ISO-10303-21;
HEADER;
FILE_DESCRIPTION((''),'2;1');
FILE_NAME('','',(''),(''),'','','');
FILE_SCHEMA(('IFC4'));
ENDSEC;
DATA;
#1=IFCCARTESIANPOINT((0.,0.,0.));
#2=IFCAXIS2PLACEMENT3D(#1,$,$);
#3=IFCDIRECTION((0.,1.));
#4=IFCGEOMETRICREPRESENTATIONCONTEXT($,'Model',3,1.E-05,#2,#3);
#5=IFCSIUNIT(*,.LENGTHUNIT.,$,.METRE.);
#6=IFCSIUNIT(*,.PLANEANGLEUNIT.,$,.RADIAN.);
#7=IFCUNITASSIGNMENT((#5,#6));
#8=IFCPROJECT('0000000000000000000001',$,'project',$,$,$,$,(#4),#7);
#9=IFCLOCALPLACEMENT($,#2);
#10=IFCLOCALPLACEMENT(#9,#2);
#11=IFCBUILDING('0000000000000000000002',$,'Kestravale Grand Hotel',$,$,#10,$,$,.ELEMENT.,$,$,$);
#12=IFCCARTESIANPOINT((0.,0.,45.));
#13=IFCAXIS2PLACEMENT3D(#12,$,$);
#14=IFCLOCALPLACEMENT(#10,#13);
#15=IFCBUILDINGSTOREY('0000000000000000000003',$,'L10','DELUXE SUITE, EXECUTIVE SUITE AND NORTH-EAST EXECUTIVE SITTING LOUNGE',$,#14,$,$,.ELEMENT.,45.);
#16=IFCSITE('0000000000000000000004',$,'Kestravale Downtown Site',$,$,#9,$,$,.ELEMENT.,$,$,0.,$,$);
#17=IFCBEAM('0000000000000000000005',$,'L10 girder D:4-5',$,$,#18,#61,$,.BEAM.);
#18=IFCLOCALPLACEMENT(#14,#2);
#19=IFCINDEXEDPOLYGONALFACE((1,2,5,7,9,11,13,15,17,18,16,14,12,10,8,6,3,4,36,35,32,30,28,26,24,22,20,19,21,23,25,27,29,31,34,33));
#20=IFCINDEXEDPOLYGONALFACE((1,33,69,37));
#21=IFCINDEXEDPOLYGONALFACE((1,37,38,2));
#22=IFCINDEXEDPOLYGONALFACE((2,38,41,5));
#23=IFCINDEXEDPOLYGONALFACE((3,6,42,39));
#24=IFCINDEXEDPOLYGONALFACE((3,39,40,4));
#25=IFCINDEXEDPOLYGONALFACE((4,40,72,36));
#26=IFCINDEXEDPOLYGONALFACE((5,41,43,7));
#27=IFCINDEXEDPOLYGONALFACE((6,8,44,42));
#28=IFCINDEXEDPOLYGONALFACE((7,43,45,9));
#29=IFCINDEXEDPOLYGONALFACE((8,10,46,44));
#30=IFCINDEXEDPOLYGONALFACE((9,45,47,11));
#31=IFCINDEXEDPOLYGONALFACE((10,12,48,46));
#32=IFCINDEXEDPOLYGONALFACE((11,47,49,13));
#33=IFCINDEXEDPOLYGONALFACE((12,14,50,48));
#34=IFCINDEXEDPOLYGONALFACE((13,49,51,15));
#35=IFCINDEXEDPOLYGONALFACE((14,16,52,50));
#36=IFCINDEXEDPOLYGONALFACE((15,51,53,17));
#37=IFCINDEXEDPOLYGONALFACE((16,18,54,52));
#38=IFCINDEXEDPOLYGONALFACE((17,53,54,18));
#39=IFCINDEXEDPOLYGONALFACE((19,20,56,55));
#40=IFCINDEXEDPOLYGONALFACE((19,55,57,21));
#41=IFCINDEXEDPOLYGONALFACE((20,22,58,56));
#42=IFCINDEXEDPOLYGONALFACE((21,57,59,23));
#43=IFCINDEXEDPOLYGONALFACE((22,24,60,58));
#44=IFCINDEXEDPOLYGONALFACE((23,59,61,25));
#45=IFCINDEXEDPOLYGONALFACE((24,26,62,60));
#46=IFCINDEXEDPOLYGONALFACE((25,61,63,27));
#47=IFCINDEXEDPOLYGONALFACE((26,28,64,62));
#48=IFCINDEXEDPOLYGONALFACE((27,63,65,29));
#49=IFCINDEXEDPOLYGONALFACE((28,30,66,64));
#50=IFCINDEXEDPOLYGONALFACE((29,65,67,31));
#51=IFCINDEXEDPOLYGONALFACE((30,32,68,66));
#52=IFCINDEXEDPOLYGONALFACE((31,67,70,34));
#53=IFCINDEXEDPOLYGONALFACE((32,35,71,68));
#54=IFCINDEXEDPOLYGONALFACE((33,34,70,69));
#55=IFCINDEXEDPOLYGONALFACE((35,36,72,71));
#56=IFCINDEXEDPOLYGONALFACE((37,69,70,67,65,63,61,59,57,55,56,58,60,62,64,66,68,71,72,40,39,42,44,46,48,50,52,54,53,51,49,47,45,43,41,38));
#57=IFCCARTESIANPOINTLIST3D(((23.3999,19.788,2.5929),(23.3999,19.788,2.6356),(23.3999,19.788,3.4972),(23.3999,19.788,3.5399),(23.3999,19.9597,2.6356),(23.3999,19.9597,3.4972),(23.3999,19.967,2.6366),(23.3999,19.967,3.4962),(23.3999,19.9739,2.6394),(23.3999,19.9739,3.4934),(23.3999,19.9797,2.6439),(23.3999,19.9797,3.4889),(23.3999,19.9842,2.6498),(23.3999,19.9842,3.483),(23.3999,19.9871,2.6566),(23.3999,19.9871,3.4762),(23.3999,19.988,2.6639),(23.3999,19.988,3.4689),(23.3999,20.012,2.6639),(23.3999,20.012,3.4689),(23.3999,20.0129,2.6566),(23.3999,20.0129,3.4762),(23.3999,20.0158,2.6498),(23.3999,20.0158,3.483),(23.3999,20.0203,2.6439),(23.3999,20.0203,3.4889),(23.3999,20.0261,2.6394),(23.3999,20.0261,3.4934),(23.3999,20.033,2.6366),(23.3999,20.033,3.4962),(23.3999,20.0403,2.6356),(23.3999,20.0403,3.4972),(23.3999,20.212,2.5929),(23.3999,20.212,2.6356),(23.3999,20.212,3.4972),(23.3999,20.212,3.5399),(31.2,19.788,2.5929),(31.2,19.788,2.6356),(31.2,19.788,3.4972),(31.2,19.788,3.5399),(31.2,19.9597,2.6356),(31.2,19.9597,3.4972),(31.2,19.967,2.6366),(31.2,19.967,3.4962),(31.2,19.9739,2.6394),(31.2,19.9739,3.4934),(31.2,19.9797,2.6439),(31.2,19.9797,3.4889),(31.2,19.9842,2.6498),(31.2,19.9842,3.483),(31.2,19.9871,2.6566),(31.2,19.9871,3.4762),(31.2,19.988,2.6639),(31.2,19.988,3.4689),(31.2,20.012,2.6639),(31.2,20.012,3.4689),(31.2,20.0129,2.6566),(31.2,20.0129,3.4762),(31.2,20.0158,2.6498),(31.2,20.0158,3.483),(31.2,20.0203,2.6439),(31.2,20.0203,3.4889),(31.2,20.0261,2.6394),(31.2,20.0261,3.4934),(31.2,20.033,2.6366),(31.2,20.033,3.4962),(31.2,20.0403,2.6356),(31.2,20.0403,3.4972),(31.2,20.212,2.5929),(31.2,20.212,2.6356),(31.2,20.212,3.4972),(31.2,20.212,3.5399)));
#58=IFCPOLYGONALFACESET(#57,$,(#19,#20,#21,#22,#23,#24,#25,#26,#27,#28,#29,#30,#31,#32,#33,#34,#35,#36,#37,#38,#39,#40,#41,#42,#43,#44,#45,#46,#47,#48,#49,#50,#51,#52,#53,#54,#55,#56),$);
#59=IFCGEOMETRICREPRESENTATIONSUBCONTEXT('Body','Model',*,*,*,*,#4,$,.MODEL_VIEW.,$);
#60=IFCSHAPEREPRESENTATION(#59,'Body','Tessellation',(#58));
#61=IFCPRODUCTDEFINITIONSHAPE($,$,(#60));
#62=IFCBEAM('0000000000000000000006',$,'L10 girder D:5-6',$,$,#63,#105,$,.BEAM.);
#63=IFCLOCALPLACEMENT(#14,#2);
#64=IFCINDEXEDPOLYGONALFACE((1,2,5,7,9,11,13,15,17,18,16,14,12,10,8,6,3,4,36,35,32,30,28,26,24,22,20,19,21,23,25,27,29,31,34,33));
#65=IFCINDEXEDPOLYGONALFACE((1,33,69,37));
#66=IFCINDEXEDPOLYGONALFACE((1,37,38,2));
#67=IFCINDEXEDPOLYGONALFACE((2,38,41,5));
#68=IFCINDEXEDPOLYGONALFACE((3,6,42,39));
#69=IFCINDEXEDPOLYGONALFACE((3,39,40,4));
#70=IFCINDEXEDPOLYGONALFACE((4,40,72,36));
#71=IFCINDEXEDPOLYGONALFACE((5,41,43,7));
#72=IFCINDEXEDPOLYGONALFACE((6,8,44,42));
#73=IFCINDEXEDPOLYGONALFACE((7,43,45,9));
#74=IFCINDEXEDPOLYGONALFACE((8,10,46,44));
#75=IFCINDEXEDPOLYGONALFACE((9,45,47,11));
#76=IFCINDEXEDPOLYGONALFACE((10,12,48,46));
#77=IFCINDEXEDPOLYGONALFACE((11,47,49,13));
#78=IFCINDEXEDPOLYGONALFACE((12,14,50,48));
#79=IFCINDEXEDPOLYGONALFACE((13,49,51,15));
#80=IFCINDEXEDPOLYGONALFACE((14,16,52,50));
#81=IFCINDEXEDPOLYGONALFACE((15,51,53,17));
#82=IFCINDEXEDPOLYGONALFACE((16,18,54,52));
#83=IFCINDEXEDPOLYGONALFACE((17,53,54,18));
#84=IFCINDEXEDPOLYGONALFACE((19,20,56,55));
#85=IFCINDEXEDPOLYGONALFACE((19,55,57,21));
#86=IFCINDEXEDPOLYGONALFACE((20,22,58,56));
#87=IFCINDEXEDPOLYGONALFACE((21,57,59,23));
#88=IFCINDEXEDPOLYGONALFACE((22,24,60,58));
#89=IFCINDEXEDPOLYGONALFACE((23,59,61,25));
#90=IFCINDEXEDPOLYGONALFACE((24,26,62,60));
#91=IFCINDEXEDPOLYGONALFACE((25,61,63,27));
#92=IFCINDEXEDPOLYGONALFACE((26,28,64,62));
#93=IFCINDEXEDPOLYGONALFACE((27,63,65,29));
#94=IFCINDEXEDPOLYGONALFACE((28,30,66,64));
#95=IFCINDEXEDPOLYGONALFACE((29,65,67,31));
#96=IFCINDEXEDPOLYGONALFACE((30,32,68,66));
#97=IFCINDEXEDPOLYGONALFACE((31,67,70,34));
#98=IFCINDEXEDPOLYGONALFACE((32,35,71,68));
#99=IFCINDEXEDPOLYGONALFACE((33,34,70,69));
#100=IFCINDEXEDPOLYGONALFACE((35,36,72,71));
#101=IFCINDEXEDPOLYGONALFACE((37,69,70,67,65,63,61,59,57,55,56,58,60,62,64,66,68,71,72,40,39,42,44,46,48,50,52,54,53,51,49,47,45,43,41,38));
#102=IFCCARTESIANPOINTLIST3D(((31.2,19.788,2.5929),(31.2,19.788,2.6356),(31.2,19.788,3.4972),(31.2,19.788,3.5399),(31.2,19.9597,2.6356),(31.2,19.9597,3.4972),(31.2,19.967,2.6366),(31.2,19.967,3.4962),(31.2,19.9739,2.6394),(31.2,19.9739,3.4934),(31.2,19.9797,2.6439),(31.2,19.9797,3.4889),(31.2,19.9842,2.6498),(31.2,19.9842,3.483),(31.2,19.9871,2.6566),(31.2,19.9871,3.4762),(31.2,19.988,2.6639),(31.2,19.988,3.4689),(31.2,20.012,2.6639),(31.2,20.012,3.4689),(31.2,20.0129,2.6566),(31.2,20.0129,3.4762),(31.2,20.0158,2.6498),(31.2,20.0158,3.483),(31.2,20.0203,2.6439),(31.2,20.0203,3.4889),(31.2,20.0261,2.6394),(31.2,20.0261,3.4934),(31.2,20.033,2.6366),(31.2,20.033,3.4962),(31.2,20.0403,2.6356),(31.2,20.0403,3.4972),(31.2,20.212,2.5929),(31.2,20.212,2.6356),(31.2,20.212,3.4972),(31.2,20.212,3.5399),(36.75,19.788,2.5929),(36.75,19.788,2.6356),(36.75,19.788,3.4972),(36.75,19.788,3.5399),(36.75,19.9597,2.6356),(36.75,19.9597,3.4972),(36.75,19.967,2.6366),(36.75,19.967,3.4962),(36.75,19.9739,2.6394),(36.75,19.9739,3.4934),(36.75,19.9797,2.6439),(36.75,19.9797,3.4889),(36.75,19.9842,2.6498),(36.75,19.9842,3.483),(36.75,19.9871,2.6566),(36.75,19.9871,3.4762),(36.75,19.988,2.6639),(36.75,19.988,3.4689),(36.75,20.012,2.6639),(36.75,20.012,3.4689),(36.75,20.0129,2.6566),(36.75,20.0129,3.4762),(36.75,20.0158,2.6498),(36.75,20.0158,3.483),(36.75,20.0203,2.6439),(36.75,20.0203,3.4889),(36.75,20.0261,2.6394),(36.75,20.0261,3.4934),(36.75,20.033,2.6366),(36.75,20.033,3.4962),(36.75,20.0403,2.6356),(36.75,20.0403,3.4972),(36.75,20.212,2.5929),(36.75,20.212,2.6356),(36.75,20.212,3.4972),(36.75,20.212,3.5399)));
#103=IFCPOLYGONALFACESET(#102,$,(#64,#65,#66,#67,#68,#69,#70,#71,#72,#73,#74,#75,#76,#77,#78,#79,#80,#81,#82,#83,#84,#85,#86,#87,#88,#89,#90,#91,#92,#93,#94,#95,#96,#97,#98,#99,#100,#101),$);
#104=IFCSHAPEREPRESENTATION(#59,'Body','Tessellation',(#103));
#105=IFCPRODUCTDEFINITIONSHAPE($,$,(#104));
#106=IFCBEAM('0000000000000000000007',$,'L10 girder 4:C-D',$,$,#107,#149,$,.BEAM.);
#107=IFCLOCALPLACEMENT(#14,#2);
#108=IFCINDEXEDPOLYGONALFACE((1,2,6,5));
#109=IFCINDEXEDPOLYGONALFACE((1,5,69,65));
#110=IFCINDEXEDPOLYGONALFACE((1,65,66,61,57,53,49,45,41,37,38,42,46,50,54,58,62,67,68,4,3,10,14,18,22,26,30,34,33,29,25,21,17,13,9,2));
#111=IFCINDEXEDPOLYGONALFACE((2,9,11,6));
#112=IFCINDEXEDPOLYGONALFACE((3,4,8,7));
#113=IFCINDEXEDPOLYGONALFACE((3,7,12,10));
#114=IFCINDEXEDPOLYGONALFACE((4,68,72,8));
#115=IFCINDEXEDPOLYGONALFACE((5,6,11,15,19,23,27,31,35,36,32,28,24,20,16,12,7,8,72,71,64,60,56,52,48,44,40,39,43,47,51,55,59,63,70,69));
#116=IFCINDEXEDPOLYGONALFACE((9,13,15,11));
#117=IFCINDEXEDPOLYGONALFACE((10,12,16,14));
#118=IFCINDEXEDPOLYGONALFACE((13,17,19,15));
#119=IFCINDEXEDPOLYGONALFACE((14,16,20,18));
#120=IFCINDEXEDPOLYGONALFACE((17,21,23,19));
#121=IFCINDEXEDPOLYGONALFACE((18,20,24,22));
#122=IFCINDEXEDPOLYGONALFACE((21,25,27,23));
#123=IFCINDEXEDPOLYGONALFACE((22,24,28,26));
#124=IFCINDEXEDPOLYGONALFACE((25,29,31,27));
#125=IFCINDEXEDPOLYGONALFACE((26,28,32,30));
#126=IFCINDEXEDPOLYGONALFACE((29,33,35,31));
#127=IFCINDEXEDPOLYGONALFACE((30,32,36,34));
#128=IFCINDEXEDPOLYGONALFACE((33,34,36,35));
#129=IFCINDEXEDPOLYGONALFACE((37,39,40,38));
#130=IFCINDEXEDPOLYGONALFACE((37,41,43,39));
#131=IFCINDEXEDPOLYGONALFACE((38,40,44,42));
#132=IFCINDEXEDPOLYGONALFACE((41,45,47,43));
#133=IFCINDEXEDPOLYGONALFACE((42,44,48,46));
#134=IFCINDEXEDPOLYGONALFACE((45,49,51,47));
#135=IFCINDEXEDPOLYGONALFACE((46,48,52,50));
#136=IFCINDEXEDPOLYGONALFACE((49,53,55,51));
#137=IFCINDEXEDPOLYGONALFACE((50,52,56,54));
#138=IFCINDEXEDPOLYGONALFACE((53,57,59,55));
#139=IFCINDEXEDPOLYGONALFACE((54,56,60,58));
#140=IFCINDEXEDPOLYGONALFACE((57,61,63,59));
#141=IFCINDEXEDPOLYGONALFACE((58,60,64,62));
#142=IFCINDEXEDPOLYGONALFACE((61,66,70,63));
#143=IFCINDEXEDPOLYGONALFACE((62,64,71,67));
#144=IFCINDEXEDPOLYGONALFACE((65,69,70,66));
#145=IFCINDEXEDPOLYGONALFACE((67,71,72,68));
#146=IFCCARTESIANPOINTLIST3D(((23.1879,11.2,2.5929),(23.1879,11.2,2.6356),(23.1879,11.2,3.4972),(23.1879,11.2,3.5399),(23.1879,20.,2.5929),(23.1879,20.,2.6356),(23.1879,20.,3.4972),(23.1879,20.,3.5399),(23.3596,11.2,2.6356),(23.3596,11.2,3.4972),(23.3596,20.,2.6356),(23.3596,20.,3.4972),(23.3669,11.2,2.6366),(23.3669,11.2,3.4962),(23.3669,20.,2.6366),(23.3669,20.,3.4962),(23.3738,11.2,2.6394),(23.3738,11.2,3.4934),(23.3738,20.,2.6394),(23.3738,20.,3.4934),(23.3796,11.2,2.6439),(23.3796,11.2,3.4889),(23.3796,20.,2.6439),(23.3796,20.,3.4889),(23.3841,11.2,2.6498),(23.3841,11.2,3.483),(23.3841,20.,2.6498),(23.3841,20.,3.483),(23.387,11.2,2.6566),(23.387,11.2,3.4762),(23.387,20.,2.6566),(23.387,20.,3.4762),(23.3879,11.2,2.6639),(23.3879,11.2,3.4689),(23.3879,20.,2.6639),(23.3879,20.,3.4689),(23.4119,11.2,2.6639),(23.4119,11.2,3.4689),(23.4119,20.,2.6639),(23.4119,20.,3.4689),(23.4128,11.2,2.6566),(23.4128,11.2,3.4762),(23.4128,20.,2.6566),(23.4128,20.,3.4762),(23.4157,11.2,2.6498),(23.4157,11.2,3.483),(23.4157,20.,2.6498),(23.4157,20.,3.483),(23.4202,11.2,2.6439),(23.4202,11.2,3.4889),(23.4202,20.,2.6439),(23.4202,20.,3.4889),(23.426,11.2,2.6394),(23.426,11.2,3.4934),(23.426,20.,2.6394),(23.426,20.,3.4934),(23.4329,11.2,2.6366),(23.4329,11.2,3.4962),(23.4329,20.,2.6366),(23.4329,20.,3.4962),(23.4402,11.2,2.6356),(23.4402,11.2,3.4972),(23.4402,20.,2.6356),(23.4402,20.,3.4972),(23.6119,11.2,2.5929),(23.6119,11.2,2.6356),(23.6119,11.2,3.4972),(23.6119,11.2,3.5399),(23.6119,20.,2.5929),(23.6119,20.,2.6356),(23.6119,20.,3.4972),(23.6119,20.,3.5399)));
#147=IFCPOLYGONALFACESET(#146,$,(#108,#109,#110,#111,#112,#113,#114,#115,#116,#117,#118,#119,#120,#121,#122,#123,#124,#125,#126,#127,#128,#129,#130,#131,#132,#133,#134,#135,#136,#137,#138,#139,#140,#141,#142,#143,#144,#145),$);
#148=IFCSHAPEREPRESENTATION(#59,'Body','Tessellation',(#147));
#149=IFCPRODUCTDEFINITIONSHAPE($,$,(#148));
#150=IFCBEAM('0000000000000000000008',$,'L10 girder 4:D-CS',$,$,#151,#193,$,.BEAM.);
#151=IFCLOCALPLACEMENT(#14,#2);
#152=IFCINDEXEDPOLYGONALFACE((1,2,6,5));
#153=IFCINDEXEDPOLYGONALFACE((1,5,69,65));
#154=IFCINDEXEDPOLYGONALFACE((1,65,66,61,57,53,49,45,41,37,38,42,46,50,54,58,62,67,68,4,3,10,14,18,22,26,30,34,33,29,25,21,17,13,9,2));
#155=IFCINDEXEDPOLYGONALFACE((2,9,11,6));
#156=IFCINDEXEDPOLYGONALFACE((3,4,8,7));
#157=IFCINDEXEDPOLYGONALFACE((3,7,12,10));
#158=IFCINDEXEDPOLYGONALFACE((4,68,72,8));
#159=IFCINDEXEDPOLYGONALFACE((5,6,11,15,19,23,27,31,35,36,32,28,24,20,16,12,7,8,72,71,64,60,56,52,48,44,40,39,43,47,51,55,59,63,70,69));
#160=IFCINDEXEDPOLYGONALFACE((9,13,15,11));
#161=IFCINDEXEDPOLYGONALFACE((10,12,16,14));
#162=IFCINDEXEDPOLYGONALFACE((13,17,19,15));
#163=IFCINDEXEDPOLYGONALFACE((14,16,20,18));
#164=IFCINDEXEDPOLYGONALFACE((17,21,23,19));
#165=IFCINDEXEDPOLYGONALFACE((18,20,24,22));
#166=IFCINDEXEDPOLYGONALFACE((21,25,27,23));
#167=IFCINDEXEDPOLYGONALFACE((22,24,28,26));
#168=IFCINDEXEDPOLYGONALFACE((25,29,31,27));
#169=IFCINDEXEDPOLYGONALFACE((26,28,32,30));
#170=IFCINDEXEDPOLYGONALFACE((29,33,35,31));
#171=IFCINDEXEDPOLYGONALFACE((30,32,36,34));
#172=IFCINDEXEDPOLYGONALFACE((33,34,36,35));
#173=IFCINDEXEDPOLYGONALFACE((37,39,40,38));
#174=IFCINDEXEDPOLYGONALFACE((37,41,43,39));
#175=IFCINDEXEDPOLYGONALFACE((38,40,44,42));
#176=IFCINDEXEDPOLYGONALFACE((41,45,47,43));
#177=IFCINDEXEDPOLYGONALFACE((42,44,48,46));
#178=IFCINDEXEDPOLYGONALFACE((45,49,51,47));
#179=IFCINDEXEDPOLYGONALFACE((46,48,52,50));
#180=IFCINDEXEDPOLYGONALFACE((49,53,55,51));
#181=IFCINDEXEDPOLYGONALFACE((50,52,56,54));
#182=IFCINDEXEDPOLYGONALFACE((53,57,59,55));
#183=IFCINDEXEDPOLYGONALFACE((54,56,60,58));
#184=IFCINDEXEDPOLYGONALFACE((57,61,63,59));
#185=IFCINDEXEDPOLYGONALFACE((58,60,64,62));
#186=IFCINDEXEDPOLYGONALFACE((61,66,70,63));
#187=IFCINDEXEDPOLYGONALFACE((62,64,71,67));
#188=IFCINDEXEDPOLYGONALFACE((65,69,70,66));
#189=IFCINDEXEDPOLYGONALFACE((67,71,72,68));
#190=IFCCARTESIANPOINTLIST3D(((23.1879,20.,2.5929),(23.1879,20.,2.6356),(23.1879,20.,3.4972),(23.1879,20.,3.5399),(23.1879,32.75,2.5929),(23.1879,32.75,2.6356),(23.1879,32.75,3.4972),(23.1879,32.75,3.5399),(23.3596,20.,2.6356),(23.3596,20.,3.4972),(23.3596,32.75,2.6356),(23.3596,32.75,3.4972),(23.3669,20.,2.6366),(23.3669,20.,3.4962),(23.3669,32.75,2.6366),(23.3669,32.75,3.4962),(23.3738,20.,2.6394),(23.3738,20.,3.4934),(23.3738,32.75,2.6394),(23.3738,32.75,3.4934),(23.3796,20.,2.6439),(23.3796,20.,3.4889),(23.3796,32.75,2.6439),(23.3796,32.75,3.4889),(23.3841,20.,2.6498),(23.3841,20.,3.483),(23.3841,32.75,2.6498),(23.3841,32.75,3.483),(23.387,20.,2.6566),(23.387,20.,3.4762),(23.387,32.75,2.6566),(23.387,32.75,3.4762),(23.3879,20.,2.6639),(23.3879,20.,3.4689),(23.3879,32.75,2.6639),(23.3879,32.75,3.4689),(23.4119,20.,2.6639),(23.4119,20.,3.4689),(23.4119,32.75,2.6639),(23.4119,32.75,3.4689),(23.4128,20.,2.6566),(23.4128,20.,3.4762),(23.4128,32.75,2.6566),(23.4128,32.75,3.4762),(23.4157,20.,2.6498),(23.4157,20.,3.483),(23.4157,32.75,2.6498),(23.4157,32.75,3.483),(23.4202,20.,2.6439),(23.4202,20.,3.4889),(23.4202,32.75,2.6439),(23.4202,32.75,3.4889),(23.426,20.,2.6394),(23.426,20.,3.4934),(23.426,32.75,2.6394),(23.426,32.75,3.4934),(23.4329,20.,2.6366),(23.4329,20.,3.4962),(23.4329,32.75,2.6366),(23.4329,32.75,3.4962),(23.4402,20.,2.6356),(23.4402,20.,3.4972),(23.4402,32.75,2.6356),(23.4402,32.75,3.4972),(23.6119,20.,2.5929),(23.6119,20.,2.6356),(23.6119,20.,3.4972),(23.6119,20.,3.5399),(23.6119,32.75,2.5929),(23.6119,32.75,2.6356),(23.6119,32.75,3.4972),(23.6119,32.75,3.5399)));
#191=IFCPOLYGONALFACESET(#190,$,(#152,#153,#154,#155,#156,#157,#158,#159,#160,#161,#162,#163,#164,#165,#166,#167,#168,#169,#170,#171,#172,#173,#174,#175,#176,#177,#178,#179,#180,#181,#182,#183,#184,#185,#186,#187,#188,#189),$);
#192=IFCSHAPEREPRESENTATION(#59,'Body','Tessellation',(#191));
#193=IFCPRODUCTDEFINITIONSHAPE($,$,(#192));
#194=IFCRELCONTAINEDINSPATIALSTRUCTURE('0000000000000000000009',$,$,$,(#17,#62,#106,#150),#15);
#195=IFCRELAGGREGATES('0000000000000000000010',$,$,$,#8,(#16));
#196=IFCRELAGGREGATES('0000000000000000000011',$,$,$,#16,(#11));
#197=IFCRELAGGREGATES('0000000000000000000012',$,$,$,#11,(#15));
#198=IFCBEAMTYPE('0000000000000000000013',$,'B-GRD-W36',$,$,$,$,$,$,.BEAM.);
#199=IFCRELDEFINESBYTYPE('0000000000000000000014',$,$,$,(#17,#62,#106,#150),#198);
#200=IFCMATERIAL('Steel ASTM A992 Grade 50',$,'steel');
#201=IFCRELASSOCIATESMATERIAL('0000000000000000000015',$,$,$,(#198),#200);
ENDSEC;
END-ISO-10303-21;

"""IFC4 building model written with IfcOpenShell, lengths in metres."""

from ifc_helpers import new_model, si_unit, direction, frame, origin, origin_2d, place, context, subcontext, project, spatial, i_section, extrude, material, material_profile, profile_set, type_object, element, save


model = new_model("IFC4")

# Units and contexts
model_context = context("Model", 3, precision=1e-05, world=origin(), true_north=direction((0.0, 1.0)))
body_context = subcontext(model_context, "Body", "Model", "MODEL_VIEW")
ifc_project = project(units=[si_unit("LENGTHUNIT", "METRE"), si_unit("PLANEANGLEUNIT", "RADIAN")], contexts=[model_context])

# Site, building, storey
site_placement = place(None, origin())
site = spatial("IfcSite", under=ifc_project, at=site_placement, Name="Kestravale Downtown Site", CompositionType="ELEMENT", RefElevation=0.0)
building_placement = place(site_placement, origin())
building = spatial("IfcBuilding", under=site, at=building_placement, Name="Kestravale Grand Hotel", CompositionType="ELEMENT")
storey_placement = place(building_placement, frame((0.0, 0.0, 45.0)))
storey = spatial("IfcBuildingStorey", under=building, at=storey_placement, Name="L10", Description="DELUXE SUITE, EXECUTIVE SUITE AND NORTH-EAST EXECUTIVE SITTING LOUNGE", CompositionType="ELEMENT", Elevation=45.0)

# Beams
ifc_material_1 = material(Name="Steel ASTM A992 Grade 50", Category="steel")
ifc_material_profile_1 = material_profile(ifc_material_1, i_section(OverallWidth=0.4241, OverallDepth=0.947, WebThickness=0.0239, FlangeThickness=0.0427, FilletRadius=0.0283, at=origin_2d()))
ifc_profile_set_1 = profile_set([ifc_material_profile_1], Name="Steel ASTM A992 Grade 50")
beam_type_1 = type_object("IfcBeamType", Name="B-GRD-W36", PredefinedType="BEAM", material=ifc_profile_set_1)
for number, where, z_axis, x_axis, name in (
    (1, (23.3999, 20.0, 3.0664), (1.0, 0.0, 0.0), (0.0, 1.0, 0.0), "L10 girder D:4-5"),
):
    element("IfcBeam", number, at=place(storey_placement, frame(where, z_axis=z_axis, x_axis=x_axis)), inside=storey, type_object=beam_type_1, Name=name, PredefinedType="BEAM", context=body_context, shape_type="SweptSolid", body=[
        extrude(i_section(OverallWidth=0.4241, OverallDepth=0.947, WebThickness=0.0239, FlangeThickness=0.0427, FilletRadius=0.0283, at=origin_2d()), origin(), (0.0, 0.0, 1.0), 7.8),
    ])
beam_1_placement = place(storey_placement, frame((31.2, 20.0, 3.0664), z_axis=(1.0, 0.0, 0.0), x_axis=(0.0, 1.0, 0.0)))
element("IfcBeam", 2, at=beam_1_placement, inside=storey, type_object=beam_type_1, Name="L10 girder D:5-6", PredefinedType="BEAM", context=body_context, shape_type="SweptSolid", body=[
    extrude(i_section(OverallWidth=0.4241, OverallDepth=0.947, WebThickness=0.0239, FlangeThickness=0.0427, FilletRadius=0.0283, at=origin_2d()), origin(), (0.0, 0.0, 1.0), 5.55),
])
beam_2_placement = place(storey_placement, frame((23.3999, 11.2, 3.0664), z_axis=(0.0, 1.0, 0.0), x_axis=(-1.0, 0.0, 0.0)))
element("IfcBeam", 3, at=beam_2_placement, inside=storey, type_object=beam_type_1, Name="L10 girder 4:C-D", PredefinedType="BEAM", context=body_context, shape_type="SweptSolid", body=[
    extrude(i_section(OverallWidth=0.4241, OverallDepth=0.947, WebThickness=0.0239, FlangeThickness=0.0427, FilletRadius=0.0283, at=origin_2d()), origin(), (0.0, 0.0, 1.0), 8.8),
])
beam_3_placement = place(storey_placement, frame((23.3999, 20.0, 3.0664), z_axis=(0.0, 1.0, 0.0), x_axis=(-1.0, 0.0, 0.0)))
element("IfcBeam", 4, at=beam_3_placement, inside=storey, type_object=beam_type_1, Name="L10 girder 4:D-CS", PredefinedType="BEAM", context=body_context, shape_type="SweptSolid", body=[
    extrude(i_section(OverallWidth=0.4241, OverallDepth=0.947, WebThickness=0.0239, FlangeThickness=0.0427, FilletRadius=0.0283, at=origin_2d()), origin(), (0.0, 0.0, 1.0), 12.75),
])

save(model, "model.ifc")
